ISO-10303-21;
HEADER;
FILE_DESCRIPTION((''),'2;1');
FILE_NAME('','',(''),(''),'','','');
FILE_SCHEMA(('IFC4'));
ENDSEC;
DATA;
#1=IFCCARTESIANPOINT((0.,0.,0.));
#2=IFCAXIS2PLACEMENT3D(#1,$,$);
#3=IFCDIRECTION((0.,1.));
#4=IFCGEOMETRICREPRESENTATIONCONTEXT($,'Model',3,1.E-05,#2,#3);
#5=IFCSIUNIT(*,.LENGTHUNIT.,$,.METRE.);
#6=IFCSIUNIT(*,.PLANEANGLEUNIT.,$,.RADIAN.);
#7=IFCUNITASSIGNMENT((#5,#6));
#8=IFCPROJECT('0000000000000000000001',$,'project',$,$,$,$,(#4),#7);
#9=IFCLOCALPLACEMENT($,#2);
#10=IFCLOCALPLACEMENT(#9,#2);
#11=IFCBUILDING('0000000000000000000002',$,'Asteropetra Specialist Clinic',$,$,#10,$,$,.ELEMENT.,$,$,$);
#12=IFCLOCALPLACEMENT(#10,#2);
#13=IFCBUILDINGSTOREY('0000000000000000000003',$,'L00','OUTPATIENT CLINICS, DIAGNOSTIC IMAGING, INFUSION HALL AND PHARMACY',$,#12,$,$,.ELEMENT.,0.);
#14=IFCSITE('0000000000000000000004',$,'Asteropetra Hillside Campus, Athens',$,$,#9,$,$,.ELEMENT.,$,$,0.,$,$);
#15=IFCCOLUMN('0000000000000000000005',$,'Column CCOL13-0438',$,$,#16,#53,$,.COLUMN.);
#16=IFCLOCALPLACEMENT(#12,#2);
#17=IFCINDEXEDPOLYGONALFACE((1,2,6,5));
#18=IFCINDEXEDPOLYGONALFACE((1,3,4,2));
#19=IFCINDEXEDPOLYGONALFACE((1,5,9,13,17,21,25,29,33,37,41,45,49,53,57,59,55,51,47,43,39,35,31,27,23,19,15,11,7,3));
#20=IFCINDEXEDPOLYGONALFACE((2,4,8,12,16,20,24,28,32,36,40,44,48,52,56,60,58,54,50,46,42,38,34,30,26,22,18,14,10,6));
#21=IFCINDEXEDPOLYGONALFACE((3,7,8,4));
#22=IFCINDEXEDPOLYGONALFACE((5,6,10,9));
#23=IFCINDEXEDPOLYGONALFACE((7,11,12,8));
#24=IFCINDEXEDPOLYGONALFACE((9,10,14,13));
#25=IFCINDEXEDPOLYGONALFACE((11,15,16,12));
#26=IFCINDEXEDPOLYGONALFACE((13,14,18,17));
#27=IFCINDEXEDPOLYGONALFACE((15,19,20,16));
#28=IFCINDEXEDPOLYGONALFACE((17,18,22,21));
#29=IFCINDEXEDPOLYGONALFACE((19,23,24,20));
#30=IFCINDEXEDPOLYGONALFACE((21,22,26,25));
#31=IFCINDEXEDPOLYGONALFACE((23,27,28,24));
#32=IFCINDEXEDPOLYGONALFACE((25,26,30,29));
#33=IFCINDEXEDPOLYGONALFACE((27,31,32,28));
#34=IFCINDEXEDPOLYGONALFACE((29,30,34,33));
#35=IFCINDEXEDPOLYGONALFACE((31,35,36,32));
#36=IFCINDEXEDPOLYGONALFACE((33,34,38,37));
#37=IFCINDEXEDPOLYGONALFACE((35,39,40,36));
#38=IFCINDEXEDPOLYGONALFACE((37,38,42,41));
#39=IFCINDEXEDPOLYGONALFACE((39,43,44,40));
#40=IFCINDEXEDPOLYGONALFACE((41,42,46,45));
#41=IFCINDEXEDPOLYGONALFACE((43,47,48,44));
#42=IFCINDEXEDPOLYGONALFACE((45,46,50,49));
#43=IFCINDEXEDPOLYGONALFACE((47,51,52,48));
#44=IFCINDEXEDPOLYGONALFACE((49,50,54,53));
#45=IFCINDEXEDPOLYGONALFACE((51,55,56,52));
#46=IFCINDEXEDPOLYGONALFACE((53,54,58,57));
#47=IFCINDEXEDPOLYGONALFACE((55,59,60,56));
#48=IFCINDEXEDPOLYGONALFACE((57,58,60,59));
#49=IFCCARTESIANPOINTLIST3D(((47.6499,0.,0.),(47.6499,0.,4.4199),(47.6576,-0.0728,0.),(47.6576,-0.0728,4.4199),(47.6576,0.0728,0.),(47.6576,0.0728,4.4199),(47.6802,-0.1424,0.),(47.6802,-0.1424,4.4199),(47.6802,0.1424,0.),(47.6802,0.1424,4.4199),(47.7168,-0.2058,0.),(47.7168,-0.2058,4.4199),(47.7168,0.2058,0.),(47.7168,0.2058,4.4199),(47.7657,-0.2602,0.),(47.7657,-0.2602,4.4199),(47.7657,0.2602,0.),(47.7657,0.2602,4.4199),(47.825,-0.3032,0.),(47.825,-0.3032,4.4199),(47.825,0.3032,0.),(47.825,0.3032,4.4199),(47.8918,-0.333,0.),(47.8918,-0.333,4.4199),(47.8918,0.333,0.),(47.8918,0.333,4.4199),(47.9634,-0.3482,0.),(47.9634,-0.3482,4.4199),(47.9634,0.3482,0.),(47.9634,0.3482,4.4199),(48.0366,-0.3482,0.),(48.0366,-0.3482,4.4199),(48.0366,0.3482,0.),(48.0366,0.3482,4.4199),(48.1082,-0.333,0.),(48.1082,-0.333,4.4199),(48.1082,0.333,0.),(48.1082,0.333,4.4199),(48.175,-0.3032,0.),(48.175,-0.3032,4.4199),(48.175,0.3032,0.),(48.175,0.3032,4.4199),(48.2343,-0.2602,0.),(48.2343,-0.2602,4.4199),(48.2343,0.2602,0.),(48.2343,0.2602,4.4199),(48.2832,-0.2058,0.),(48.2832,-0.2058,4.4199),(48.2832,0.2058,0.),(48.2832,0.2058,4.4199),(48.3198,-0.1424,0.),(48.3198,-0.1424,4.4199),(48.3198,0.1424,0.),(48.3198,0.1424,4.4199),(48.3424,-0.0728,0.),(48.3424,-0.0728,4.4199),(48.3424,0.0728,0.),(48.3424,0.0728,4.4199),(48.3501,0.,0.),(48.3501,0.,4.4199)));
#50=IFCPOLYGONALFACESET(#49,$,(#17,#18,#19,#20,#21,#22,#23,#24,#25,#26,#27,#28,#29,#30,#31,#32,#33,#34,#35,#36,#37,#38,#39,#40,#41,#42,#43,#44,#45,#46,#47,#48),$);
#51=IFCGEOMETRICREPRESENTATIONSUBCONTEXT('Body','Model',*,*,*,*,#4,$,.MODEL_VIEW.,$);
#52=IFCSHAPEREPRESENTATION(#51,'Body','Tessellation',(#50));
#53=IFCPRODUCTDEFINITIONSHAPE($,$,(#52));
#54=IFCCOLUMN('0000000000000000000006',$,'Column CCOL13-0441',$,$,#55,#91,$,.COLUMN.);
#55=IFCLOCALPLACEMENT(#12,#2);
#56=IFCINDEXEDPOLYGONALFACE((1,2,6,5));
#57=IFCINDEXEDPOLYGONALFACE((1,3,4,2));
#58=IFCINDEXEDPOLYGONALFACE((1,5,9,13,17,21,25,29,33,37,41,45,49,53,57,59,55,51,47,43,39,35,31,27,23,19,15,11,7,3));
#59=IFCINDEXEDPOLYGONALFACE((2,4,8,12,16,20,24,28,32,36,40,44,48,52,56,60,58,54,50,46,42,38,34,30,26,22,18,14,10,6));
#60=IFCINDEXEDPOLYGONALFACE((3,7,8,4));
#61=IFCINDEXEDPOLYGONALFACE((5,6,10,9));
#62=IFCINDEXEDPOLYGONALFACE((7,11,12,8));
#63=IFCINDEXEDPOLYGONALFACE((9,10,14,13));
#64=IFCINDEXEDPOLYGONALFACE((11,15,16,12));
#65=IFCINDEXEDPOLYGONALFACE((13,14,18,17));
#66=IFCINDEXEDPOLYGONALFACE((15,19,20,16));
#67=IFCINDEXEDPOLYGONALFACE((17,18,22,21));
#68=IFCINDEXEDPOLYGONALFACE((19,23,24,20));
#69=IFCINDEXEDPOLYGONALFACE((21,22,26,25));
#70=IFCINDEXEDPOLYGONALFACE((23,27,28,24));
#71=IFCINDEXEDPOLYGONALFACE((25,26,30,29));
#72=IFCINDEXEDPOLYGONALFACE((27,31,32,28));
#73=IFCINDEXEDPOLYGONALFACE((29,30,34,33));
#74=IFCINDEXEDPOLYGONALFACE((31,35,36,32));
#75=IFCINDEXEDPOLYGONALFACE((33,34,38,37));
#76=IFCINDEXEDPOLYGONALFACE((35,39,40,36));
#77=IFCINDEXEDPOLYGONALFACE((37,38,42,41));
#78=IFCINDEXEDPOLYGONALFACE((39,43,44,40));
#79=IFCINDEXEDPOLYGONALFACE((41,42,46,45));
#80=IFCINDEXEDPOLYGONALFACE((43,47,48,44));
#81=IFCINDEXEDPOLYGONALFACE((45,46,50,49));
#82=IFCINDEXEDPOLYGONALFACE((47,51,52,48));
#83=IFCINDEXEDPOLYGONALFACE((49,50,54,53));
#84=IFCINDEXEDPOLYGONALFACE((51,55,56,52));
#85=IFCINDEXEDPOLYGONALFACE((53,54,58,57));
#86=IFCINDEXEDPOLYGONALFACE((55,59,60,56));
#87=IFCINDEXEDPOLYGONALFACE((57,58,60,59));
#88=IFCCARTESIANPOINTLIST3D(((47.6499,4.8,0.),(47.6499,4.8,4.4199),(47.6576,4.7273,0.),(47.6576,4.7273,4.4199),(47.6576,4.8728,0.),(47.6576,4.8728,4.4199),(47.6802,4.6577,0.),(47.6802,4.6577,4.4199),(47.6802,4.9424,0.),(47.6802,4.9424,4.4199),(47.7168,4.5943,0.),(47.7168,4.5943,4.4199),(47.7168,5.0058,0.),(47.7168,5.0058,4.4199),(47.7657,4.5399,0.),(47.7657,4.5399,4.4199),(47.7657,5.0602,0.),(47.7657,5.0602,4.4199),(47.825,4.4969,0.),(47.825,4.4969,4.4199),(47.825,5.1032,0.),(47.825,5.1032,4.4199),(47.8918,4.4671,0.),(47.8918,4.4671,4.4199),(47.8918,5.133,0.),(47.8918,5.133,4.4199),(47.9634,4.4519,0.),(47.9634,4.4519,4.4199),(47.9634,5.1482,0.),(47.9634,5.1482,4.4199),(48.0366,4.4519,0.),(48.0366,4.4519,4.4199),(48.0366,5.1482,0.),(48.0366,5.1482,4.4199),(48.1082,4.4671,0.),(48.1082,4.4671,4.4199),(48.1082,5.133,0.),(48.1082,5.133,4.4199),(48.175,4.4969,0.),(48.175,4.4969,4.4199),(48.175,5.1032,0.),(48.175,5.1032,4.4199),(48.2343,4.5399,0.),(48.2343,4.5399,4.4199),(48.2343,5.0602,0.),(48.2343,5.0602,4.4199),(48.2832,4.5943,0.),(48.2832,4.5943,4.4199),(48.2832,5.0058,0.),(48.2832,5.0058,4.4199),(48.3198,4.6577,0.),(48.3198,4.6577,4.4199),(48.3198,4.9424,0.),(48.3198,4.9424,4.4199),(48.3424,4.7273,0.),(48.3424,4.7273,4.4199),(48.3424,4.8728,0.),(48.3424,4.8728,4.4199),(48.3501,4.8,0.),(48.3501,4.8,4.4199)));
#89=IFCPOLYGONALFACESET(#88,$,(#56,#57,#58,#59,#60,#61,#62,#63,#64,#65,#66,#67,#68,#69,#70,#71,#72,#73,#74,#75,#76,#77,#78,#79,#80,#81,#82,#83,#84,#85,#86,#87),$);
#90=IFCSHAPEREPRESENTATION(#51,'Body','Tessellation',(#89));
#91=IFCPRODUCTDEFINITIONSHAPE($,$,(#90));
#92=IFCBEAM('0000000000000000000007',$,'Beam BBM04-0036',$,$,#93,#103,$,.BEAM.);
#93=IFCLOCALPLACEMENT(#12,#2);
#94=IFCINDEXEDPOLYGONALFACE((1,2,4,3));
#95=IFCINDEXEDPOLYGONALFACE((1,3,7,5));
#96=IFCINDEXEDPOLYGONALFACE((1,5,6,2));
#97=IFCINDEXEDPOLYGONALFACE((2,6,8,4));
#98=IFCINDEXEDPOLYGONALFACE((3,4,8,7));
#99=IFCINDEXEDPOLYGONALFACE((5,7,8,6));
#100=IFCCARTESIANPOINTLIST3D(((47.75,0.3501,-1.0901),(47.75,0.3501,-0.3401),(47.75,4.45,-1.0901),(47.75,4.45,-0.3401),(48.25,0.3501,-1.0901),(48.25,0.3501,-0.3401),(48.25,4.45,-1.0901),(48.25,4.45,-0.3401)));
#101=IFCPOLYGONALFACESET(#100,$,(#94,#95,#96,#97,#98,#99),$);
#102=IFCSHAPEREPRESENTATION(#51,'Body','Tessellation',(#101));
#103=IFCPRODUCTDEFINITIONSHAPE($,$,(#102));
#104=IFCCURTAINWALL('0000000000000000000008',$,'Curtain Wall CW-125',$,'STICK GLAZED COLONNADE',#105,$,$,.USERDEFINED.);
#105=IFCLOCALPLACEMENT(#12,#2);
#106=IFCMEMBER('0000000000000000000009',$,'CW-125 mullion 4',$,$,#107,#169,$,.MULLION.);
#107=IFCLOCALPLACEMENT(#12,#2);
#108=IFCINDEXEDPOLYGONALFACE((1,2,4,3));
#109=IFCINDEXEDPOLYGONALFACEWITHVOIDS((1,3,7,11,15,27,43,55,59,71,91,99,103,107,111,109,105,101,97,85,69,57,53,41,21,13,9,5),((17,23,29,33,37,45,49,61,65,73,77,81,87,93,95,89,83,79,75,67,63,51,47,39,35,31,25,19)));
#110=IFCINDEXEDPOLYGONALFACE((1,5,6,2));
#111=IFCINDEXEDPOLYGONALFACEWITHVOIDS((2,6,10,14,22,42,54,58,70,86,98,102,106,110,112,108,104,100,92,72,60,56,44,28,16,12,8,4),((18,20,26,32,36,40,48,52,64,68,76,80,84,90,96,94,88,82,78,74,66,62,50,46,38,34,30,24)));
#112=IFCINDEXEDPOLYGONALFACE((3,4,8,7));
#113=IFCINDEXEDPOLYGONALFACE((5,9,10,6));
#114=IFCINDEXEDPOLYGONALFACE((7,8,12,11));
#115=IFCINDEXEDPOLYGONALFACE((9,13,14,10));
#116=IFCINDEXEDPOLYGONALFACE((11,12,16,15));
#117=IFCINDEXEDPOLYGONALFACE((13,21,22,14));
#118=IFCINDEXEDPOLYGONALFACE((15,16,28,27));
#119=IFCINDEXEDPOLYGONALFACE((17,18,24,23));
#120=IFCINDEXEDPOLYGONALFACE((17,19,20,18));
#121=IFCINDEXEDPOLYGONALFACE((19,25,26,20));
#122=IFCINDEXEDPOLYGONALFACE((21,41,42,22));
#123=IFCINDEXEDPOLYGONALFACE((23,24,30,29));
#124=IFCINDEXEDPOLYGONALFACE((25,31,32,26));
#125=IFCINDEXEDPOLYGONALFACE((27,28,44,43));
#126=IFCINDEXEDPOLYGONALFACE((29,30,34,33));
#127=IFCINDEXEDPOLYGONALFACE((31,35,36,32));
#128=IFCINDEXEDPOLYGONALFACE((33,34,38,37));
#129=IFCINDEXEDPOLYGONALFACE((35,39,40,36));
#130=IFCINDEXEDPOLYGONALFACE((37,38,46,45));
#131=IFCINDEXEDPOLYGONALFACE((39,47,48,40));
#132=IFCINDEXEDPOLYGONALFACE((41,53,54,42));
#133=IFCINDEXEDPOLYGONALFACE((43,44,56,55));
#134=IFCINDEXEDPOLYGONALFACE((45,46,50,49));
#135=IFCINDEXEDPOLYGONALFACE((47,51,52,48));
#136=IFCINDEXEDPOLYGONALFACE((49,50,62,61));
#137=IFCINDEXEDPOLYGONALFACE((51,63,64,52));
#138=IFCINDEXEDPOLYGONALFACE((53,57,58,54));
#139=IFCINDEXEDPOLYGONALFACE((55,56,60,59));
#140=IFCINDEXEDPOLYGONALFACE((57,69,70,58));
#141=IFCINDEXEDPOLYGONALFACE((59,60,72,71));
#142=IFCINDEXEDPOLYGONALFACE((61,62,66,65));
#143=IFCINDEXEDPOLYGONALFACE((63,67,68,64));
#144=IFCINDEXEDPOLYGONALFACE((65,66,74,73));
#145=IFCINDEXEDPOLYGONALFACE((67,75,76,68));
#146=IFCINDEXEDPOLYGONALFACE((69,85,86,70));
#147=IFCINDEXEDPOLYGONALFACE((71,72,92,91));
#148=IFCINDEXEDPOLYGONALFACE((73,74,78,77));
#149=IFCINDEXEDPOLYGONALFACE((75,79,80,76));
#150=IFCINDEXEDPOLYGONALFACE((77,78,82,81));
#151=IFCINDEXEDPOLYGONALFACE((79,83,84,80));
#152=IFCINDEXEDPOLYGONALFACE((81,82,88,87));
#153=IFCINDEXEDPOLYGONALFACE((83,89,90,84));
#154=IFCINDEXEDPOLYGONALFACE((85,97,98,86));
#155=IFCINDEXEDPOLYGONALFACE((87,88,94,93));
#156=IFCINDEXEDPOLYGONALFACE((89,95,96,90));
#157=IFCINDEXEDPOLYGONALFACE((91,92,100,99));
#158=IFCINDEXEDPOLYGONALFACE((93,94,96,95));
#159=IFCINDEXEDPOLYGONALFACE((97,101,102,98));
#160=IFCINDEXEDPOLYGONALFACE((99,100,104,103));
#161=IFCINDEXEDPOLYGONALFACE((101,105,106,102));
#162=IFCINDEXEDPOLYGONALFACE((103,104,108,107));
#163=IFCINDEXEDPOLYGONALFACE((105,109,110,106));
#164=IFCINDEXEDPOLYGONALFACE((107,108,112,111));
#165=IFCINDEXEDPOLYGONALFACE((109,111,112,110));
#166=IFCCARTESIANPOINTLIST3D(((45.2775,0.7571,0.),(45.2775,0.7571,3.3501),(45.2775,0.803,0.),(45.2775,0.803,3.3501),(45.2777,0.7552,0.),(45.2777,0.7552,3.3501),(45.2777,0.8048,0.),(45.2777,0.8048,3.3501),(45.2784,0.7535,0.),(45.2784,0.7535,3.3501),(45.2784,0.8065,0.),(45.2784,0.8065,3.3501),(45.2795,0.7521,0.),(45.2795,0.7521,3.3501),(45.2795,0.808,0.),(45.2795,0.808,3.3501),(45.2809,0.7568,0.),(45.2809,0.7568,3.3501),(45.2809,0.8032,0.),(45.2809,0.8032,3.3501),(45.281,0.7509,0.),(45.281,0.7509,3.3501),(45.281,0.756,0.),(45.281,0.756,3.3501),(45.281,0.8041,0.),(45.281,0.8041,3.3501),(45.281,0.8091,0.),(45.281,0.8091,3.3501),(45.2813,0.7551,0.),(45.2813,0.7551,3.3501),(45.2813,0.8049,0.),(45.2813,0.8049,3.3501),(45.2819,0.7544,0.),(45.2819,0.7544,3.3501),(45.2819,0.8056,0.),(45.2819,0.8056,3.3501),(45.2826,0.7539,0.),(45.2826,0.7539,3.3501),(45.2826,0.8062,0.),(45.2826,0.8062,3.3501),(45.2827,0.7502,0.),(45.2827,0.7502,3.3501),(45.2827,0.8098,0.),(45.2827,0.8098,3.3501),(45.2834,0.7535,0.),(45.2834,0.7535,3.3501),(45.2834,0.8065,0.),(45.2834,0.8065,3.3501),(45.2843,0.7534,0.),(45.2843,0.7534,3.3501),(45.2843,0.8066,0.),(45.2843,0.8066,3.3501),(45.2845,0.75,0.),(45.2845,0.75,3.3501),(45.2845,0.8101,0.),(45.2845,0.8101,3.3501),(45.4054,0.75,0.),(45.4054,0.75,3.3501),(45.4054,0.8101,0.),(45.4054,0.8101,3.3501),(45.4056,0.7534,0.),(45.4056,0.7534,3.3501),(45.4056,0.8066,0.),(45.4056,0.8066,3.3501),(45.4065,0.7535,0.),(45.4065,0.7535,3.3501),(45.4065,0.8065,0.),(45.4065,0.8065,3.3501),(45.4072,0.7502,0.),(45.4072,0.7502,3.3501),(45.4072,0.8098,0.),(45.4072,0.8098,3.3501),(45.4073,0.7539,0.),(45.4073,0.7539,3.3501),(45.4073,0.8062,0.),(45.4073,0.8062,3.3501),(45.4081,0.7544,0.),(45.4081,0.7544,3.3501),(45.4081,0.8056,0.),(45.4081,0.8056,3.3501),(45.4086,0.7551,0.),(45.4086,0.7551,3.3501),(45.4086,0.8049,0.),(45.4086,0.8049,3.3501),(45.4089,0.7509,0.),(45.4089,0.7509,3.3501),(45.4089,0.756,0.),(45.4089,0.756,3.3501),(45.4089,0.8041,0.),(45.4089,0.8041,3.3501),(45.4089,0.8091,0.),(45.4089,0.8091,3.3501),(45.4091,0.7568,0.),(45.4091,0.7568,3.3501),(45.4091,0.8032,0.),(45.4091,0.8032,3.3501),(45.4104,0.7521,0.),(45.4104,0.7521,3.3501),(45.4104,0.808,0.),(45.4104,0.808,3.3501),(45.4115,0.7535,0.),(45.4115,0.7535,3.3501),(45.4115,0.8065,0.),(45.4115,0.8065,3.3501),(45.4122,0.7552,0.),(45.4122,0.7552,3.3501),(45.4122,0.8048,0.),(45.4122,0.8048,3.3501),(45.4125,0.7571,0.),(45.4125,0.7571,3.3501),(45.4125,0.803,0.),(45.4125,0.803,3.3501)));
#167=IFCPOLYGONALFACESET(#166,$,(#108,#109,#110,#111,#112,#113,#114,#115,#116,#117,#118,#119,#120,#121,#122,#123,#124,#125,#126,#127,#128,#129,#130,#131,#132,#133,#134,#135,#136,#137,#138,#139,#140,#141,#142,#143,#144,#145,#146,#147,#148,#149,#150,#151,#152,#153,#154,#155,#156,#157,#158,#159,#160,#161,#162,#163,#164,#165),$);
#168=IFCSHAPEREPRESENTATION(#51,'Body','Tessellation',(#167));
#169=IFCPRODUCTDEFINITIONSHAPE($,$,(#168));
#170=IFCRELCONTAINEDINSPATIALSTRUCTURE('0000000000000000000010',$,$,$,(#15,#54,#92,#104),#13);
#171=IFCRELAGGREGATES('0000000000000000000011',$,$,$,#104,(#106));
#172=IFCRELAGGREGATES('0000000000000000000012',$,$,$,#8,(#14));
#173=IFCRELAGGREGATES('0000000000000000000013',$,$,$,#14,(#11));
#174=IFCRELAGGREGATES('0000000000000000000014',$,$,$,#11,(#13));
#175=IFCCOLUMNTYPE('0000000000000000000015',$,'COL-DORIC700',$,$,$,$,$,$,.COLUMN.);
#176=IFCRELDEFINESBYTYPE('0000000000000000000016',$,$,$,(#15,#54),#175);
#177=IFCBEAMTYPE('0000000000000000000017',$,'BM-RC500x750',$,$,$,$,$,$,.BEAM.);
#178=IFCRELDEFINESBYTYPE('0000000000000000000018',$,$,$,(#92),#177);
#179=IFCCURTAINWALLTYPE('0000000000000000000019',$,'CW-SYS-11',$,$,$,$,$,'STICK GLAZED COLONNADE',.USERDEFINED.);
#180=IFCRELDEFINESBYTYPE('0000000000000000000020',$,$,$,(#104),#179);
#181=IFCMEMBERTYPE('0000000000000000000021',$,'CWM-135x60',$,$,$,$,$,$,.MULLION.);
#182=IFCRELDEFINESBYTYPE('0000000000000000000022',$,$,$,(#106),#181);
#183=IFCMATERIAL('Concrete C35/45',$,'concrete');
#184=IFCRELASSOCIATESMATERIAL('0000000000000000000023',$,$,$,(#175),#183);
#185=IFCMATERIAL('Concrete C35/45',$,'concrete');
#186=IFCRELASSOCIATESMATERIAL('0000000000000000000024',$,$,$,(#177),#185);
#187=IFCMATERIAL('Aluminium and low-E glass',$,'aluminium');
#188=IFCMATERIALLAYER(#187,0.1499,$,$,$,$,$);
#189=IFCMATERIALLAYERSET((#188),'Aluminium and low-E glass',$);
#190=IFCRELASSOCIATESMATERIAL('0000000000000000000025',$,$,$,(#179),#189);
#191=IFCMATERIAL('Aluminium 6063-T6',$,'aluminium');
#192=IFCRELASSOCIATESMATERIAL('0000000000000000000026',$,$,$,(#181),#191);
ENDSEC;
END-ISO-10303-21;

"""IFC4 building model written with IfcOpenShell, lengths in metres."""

from ifc_helpers import new_model, si_unit, direction, frame, origin, origin_2d, place, context, subcontext, project, spatial, rectangle, hollow_rectangle, circle, extrude, material, layer, layer_set, material_profile, profile_set, type_object, element, aggregate, save


model = new_model("IFC4")

# Units and contexts
model_context = context("Model", 3, precision=1e-05, world=origin(), true_north=direction((0.0, 1.0)))
body_context = subcontext(model_context, "Body", "Model", "MODEL_VIEW")
ifc_project = project(units=[si_unit("LENGTHUNIT", "METRE"), si_unit("PLANEANGLEUNIT", "RADIAN")], contexts=[model_context])

# Site, building, storey
site_placement = place(None, origin())
site = spatial("IfcSite", under=ifc_project, at=site_placement, Name="Asteropetra Hillside Campus, Athens", CompositionType="ELEMENT", RefElevation=0.0)
building_placement = place(site_placement, origin())
building = spatial("IfcBuilding", under=site, at=building_placement, Name="Asteropetra Specialist Clinic", CompositionType="ELEMENT")
storey_placement = place(building_placement, origin())
storey = spatial("IfcBuildingStorey", under=building, at=storey_placement, Name="L00", Description="OUTPATIENT CLINICS, DIAGNOSTIC IMAGING, INFUSION HALL AND PHARMACY", CompositionType="ELEMENT", Elevation=0.0)

# Columns
ifc_material_1 = material(Name="Concrete C35/45", Category="concrete")
ifc_material_profile_1 = material_profile(ifc_material_1, circle(Radius=0.3501, at=origin_2d()), Name="RCC D700")
ifc_profile_set_1 = profile_set([ifc_material_profile_1], Name="Concrete C35/45")
column_type = type_object("IfcColumnType", Name="COL-DORIC700", PredefinedType="COLUMN", material=ifc_profile_set_1)
for number, where, z_axis, x_axis, name in (
    (1, (48.0, 0.0, 0.0), (0.0, 0.0, 1.0), (1.0, 0.0, 0.0), "Column CCOL13-0438"),
    (2, (48.0, 4.8, 0.0), (0.0, 0.0, 1.0), (1.0, 0.0, 0.0), "Column CCOL13-0441"),
):
    element("IfcColumn", number, at=place(storey_placement, frame(where, z_axis=z_axis, x_axis=x_axis)), inside=storey, type_object=column_type, Name=name, PredefinedType="COLUMN", context=body_context, shape_type="SweptSolid", body=[
        extrude(circle(Radius=0.3501, at=origin_2d()), origin(), (0.0, 0.0, 1.0), 4.4199),
    ])

# Beam
ifc_material_2 = material(Name="Concrete C35/45", Category="concrete")
ifc_material_profile_2 = material_profile(ifc_material_2, rectangle(XDim=0.5, YDim=0.75, at=origin_2d()), Name="RCB 500x750")
ifc_profile_set_2 = profile_set([ifc_material_profile_2], Name="Concrete C35/45")
beam_type_1 = type_object("IfcBeamType", Name="BM-RC500x750", PredefinedType="BEAM", material=ifc_profile_set_2)
beam_1_placement = place(storey_placement, frame((48.0, 0.3501, -0.7151), z_axis=(0.0, 1.0, 0.0), x_axis=(-1.0, 0.0, 0.0)))
element("IfcBeam", 3, at=beam_1_placement, inside=storey, type_object=beam_type_1, Name="Beam BBM04-0036", PredefinedType="BEAM", context=body_context, shape_type="SweptSolid", body=[
    extrude(rectangle(XDim=0.5, YDim=0.75, at=origin_2d()), origin(), (0.0, 0.0, 1.0), 4.0999),
])

# Curtain wall, member
ifc_material_3 = material(Name="Aluminium and low-E glass", Category="aluminium")
ifc_layer_1 = layer(ifc_material_3, 0.1499)
ifc_layer_set_1 = layer_set([ifc_layer_1], Name="Aluminium and low-E glass")
curtain_wall_type = type_object("IfcCurtainWallType", Name="CW-SYS-11", ElementType="STICK GLAZED COLONNADE", PredefinedType="USERDEFINED", material=ifc_layer_set_1)
curtain_wall_placement = place(storey_placement, origin())
curtain_wall = element("IfcCurtainWall", 4, at=curtain_wall_placement, inside=storey, type_object=curtain_wall_type, Name="Curtain Wall CW-125", ObjectType="STICK GLAZED COLONNADE", PredefinedType="USERDEFINED")
ifc_material_4 = material(Name="Aluminium 6063-T6", Category="aluminium")
ifc_material_profile_3 = material_profile(ifc_material_4, hollow_rectangle(XDim=0.0601, YDim=0.135, WallThickness=0.0034, InnerFilletRadius=0.0034, OuterFilletRadius=0.0071, at=origin_2d()), Name="MUL 135x60x3.5")
ifc_profile_set_3 = profile_set([ifc_material_profile_3], Name="Aluminium 6063-T6")
member_type_1 = type_object("IfcMemberType", Name="CWM-135x60", PredefinedType="MULLION", material=ifc_profile_set_3)
member_1_placement = place(storey_placement, frame((45.345, 0.78, 0.0), z_axis=(0.0, 0.0, 1.0), x_axis=(0.0, 1.0, 0.0)))
member_1 = element("IfcMember", 5, at=member_1_placement, type_object=member_type_1, Name="CW-125 mullion 4", PredefinedType="MULLION", context=body_context, shape_type="SweptSolid", body=[
    extrude(hollow_rectangle(XDim=0.0601, YDim=0.135, WallThickness=0.0034, InnerFilletRadius=0.0034, OuterFilletRadius=0.0071, at=origin_2d()), origin(), (0.0, 0.0, 1.0), 3.3501),
])

aggregate(curtain_wall, [member_1])

save(model, "model.ifc")
